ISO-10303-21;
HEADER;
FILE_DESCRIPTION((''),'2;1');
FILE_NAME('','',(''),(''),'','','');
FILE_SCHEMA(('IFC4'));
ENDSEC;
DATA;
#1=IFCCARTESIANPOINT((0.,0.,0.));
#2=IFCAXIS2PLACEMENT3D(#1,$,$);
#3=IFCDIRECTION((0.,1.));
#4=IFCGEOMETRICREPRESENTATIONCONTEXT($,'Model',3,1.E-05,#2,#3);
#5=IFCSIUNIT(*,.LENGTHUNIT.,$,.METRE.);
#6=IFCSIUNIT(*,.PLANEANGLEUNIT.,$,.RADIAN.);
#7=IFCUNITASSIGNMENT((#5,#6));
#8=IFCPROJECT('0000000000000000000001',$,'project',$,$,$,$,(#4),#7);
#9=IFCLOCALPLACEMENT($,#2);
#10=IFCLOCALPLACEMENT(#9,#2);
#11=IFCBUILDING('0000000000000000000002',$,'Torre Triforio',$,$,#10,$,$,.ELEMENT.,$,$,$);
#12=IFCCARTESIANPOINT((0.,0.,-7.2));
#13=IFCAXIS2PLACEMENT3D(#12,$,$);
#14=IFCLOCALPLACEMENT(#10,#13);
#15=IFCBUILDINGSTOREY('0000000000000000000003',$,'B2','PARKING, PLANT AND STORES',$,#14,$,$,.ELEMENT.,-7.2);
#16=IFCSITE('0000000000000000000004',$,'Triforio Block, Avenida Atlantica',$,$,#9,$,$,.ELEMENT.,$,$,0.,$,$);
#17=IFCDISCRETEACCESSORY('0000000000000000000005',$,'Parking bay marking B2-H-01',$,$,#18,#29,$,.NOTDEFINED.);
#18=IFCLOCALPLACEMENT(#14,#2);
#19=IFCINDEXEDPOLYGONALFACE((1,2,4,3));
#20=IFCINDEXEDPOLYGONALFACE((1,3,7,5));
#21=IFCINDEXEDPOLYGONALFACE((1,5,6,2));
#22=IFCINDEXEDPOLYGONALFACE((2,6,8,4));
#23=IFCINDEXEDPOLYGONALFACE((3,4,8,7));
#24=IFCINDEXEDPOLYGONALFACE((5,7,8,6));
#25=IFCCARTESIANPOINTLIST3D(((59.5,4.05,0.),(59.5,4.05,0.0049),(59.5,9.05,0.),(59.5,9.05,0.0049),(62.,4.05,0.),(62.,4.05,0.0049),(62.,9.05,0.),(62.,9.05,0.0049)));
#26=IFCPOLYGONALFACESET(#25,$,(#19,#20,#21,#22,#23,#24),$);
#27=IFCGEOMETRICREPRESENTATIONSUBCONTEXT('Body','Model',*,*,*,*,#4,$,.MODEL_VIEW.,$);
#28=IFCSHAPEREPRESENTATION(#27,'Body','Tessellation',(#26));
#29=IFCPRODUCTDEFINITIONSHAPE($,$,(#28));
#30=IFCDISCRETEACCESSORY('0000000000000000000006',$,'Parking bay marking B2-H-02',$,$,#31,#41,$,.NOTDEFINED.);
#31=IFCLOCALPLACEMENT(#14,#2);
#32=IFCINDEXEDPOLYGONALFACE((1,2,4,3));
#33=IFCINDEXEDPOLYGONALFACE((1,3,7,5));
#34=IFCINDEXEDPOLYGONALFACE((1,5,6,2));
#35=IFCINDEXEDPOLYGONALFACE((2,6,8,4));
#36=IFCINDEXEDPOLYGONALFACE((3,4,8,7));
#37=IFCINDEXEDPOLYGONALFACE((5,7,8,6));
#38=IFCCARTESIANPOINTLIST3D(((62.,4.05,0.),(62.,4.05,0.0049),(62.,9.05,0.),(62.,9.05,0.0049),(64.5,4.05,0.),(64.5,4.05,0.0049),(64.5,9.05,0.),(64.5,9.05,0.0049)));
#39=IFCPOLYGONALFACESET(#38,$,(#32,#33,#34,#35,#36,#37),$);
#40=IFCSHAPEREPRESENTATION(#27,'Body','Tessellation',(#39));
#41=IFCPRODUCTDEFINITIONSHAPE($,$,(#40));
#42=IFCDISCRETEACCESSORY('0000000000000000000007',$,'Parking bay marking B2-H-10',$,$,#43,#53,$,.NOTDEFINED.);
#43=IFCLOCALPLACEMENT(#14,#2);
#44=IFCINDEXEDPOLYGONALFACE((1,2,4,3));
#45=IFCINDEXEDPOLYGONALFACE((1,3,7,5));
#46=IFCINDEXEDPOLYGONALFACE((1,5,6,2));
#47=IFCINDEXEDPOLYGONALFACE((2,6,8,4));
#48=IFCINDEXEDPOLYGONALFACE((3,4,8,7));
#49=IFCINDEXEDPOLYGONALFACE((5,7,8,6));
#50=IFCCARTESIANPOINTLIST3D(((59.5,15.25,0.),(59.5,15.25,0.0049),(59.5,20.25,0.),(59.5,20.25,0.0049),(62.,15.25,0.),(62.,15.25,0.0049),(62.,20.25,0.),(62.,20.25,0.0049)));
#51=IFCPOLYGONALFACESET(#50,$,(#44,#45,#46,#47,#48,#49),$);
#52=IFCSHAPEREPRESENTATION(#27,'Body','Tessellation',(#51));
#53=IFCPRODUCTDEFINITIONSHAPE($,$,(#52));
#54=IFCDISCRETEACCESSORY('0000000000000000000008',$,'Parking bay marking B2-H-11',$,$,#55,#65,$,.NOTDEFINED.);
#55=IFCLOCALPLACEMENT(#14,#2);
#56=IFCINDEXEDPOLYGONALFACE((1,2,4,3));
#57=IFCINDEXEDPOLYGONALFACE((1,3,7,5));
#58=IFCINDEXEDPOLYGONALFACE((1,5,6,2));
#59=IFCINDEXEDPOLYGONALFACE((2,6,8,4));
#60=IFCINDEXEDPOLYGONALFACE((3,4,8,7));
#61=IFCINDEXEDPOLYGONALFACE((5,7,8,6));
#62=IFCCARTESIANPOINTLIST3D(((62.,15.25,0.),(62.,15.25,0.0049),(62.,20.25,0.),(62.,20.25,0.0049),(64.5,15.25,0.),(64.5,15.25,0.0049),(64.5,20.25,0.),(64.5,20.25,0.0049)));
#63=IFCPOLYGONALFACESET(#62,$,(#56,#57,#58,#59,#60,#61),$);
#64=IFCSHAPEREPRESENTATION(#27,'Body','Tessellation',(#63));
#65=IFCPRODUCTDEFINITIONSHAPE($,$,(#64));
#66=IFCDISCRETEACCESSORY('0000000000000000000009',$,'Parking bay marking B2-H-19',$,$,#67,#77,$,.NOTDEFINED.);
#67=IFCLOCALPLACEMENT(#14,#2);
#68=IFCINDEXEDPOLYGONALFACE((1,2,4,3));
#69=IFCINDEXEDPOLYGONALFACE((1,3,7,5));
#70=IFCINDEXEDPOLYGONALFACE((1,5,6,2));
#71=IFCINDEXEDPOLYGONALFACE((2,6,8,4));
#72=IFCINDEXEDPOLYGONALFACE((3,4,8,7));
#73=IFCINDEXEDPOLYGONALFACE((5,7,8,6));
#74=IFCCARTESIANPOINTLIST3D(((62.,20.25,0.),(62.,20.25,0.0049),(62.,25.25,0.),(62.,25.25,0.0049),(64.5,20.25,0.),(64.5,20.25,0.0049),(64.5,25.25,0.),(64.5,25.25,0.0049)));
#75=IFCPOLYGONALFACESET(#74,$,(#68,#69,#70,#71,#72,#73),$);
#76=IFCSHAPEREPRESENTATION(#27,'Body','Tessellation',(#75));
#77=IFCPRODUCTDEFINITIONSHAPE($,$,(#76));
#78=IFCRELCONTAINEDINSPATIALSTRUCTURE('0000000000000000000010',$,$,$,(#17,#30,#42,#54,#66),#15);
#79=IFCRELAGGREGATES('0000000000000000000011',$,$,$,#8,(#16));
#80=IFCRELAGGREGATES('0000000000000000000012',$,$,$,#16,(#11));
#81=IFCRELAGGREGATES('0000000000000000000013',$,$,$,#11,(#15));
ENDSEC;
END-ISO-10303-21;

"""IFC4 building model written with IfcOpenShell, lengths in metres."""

from ifc_helpers import new_model, si_unit, direction, frame, origin, origin_2d, place, context, subcontext, project, spatial, rectangle, extrude, element, save


model = new_model("IFC4")

# Units and contexts
model_context = context("Model", 3, precision=1e-05, world=origin(), true_north=direction((0.0, 1.0)))
body_context = subcontext(model_context, "Body", "Model", "MODEL_VIEW")
ifc_project = project(units=[si_unit("LENGTHUNIT", "METRE"), si_unit("PLANEANGLEUNIT", "RADIAN")], contexts=[model_context])

# Site, building, storey
site_placement = place(None, origin())
site = spatial("IfcSite", under=ifc_project, at=site_placement, Name="Triforio Block, Avenida Atlantica", CompositionType="ELEMENT", RefElevation=0.0)
building_placement = place(site_placement, origin())
building = spatial("IfcBuilding", under=site, at=building_placement, Name="Torre Triforio", CompositionType="ELEMENT")
storey_placement = place(building_placement, frame((0.0, 0.0, -7.2)))
storey = spatial("IfcBuildingStorey", under=building, at=storey_placement, Name="B2", Description="PARKING, PLANT AND STORES", CompositionType="ELEMENT", Elevation=-7.2)

# Discrete accessories
for number, where, z_axis, x_axis, name in (
    (1, (60.75, 6.55, 0.0), (0.0, 0.0, 1.0), (1.0, 0.0, 0.0), "Parking bay marking B2-H-01"),
    (2, (63.25, 6.55, 0.0), (0.0, 0.0, 1.0), (1.0, 0.0, 0.0), "Parking bay marking B2-H-02"),
    (3, (60.75, 17.75, 0.0), (0.0, 0.0, 1.0), (1.0, 0.0, 0.0), "Parking bay marking B2-H-10"),
    (4, (63.25, 17.75, 0.0), (0.0, 0.0, 1.0), (1.0, 0.0, 0.0), "Parking bay marking B2-H-11"),
    (5, (63.25, 22.75, 0.0), (0.0, 0.0, 1.0), (1.0, 0.0, 0.0), "Parking bay marking B2-H-19"),
):
    element("IfcDiscreteAccessory", number, at=place(storey_placement, frame(where, z_axis=z_axis, x_axis=x_axis)), inside=storey, Name=name, PredefinedType="NOTDEFINED", context=body_context, shape_type="SweptSolid", body=[
        extrude(rectangle(XDim=2.5, YDim=5.0, at=origin_2d()), origin(), (0.0, 0.0, 1.0), 0.0049),
    ])

save(model, "model.ifc")
